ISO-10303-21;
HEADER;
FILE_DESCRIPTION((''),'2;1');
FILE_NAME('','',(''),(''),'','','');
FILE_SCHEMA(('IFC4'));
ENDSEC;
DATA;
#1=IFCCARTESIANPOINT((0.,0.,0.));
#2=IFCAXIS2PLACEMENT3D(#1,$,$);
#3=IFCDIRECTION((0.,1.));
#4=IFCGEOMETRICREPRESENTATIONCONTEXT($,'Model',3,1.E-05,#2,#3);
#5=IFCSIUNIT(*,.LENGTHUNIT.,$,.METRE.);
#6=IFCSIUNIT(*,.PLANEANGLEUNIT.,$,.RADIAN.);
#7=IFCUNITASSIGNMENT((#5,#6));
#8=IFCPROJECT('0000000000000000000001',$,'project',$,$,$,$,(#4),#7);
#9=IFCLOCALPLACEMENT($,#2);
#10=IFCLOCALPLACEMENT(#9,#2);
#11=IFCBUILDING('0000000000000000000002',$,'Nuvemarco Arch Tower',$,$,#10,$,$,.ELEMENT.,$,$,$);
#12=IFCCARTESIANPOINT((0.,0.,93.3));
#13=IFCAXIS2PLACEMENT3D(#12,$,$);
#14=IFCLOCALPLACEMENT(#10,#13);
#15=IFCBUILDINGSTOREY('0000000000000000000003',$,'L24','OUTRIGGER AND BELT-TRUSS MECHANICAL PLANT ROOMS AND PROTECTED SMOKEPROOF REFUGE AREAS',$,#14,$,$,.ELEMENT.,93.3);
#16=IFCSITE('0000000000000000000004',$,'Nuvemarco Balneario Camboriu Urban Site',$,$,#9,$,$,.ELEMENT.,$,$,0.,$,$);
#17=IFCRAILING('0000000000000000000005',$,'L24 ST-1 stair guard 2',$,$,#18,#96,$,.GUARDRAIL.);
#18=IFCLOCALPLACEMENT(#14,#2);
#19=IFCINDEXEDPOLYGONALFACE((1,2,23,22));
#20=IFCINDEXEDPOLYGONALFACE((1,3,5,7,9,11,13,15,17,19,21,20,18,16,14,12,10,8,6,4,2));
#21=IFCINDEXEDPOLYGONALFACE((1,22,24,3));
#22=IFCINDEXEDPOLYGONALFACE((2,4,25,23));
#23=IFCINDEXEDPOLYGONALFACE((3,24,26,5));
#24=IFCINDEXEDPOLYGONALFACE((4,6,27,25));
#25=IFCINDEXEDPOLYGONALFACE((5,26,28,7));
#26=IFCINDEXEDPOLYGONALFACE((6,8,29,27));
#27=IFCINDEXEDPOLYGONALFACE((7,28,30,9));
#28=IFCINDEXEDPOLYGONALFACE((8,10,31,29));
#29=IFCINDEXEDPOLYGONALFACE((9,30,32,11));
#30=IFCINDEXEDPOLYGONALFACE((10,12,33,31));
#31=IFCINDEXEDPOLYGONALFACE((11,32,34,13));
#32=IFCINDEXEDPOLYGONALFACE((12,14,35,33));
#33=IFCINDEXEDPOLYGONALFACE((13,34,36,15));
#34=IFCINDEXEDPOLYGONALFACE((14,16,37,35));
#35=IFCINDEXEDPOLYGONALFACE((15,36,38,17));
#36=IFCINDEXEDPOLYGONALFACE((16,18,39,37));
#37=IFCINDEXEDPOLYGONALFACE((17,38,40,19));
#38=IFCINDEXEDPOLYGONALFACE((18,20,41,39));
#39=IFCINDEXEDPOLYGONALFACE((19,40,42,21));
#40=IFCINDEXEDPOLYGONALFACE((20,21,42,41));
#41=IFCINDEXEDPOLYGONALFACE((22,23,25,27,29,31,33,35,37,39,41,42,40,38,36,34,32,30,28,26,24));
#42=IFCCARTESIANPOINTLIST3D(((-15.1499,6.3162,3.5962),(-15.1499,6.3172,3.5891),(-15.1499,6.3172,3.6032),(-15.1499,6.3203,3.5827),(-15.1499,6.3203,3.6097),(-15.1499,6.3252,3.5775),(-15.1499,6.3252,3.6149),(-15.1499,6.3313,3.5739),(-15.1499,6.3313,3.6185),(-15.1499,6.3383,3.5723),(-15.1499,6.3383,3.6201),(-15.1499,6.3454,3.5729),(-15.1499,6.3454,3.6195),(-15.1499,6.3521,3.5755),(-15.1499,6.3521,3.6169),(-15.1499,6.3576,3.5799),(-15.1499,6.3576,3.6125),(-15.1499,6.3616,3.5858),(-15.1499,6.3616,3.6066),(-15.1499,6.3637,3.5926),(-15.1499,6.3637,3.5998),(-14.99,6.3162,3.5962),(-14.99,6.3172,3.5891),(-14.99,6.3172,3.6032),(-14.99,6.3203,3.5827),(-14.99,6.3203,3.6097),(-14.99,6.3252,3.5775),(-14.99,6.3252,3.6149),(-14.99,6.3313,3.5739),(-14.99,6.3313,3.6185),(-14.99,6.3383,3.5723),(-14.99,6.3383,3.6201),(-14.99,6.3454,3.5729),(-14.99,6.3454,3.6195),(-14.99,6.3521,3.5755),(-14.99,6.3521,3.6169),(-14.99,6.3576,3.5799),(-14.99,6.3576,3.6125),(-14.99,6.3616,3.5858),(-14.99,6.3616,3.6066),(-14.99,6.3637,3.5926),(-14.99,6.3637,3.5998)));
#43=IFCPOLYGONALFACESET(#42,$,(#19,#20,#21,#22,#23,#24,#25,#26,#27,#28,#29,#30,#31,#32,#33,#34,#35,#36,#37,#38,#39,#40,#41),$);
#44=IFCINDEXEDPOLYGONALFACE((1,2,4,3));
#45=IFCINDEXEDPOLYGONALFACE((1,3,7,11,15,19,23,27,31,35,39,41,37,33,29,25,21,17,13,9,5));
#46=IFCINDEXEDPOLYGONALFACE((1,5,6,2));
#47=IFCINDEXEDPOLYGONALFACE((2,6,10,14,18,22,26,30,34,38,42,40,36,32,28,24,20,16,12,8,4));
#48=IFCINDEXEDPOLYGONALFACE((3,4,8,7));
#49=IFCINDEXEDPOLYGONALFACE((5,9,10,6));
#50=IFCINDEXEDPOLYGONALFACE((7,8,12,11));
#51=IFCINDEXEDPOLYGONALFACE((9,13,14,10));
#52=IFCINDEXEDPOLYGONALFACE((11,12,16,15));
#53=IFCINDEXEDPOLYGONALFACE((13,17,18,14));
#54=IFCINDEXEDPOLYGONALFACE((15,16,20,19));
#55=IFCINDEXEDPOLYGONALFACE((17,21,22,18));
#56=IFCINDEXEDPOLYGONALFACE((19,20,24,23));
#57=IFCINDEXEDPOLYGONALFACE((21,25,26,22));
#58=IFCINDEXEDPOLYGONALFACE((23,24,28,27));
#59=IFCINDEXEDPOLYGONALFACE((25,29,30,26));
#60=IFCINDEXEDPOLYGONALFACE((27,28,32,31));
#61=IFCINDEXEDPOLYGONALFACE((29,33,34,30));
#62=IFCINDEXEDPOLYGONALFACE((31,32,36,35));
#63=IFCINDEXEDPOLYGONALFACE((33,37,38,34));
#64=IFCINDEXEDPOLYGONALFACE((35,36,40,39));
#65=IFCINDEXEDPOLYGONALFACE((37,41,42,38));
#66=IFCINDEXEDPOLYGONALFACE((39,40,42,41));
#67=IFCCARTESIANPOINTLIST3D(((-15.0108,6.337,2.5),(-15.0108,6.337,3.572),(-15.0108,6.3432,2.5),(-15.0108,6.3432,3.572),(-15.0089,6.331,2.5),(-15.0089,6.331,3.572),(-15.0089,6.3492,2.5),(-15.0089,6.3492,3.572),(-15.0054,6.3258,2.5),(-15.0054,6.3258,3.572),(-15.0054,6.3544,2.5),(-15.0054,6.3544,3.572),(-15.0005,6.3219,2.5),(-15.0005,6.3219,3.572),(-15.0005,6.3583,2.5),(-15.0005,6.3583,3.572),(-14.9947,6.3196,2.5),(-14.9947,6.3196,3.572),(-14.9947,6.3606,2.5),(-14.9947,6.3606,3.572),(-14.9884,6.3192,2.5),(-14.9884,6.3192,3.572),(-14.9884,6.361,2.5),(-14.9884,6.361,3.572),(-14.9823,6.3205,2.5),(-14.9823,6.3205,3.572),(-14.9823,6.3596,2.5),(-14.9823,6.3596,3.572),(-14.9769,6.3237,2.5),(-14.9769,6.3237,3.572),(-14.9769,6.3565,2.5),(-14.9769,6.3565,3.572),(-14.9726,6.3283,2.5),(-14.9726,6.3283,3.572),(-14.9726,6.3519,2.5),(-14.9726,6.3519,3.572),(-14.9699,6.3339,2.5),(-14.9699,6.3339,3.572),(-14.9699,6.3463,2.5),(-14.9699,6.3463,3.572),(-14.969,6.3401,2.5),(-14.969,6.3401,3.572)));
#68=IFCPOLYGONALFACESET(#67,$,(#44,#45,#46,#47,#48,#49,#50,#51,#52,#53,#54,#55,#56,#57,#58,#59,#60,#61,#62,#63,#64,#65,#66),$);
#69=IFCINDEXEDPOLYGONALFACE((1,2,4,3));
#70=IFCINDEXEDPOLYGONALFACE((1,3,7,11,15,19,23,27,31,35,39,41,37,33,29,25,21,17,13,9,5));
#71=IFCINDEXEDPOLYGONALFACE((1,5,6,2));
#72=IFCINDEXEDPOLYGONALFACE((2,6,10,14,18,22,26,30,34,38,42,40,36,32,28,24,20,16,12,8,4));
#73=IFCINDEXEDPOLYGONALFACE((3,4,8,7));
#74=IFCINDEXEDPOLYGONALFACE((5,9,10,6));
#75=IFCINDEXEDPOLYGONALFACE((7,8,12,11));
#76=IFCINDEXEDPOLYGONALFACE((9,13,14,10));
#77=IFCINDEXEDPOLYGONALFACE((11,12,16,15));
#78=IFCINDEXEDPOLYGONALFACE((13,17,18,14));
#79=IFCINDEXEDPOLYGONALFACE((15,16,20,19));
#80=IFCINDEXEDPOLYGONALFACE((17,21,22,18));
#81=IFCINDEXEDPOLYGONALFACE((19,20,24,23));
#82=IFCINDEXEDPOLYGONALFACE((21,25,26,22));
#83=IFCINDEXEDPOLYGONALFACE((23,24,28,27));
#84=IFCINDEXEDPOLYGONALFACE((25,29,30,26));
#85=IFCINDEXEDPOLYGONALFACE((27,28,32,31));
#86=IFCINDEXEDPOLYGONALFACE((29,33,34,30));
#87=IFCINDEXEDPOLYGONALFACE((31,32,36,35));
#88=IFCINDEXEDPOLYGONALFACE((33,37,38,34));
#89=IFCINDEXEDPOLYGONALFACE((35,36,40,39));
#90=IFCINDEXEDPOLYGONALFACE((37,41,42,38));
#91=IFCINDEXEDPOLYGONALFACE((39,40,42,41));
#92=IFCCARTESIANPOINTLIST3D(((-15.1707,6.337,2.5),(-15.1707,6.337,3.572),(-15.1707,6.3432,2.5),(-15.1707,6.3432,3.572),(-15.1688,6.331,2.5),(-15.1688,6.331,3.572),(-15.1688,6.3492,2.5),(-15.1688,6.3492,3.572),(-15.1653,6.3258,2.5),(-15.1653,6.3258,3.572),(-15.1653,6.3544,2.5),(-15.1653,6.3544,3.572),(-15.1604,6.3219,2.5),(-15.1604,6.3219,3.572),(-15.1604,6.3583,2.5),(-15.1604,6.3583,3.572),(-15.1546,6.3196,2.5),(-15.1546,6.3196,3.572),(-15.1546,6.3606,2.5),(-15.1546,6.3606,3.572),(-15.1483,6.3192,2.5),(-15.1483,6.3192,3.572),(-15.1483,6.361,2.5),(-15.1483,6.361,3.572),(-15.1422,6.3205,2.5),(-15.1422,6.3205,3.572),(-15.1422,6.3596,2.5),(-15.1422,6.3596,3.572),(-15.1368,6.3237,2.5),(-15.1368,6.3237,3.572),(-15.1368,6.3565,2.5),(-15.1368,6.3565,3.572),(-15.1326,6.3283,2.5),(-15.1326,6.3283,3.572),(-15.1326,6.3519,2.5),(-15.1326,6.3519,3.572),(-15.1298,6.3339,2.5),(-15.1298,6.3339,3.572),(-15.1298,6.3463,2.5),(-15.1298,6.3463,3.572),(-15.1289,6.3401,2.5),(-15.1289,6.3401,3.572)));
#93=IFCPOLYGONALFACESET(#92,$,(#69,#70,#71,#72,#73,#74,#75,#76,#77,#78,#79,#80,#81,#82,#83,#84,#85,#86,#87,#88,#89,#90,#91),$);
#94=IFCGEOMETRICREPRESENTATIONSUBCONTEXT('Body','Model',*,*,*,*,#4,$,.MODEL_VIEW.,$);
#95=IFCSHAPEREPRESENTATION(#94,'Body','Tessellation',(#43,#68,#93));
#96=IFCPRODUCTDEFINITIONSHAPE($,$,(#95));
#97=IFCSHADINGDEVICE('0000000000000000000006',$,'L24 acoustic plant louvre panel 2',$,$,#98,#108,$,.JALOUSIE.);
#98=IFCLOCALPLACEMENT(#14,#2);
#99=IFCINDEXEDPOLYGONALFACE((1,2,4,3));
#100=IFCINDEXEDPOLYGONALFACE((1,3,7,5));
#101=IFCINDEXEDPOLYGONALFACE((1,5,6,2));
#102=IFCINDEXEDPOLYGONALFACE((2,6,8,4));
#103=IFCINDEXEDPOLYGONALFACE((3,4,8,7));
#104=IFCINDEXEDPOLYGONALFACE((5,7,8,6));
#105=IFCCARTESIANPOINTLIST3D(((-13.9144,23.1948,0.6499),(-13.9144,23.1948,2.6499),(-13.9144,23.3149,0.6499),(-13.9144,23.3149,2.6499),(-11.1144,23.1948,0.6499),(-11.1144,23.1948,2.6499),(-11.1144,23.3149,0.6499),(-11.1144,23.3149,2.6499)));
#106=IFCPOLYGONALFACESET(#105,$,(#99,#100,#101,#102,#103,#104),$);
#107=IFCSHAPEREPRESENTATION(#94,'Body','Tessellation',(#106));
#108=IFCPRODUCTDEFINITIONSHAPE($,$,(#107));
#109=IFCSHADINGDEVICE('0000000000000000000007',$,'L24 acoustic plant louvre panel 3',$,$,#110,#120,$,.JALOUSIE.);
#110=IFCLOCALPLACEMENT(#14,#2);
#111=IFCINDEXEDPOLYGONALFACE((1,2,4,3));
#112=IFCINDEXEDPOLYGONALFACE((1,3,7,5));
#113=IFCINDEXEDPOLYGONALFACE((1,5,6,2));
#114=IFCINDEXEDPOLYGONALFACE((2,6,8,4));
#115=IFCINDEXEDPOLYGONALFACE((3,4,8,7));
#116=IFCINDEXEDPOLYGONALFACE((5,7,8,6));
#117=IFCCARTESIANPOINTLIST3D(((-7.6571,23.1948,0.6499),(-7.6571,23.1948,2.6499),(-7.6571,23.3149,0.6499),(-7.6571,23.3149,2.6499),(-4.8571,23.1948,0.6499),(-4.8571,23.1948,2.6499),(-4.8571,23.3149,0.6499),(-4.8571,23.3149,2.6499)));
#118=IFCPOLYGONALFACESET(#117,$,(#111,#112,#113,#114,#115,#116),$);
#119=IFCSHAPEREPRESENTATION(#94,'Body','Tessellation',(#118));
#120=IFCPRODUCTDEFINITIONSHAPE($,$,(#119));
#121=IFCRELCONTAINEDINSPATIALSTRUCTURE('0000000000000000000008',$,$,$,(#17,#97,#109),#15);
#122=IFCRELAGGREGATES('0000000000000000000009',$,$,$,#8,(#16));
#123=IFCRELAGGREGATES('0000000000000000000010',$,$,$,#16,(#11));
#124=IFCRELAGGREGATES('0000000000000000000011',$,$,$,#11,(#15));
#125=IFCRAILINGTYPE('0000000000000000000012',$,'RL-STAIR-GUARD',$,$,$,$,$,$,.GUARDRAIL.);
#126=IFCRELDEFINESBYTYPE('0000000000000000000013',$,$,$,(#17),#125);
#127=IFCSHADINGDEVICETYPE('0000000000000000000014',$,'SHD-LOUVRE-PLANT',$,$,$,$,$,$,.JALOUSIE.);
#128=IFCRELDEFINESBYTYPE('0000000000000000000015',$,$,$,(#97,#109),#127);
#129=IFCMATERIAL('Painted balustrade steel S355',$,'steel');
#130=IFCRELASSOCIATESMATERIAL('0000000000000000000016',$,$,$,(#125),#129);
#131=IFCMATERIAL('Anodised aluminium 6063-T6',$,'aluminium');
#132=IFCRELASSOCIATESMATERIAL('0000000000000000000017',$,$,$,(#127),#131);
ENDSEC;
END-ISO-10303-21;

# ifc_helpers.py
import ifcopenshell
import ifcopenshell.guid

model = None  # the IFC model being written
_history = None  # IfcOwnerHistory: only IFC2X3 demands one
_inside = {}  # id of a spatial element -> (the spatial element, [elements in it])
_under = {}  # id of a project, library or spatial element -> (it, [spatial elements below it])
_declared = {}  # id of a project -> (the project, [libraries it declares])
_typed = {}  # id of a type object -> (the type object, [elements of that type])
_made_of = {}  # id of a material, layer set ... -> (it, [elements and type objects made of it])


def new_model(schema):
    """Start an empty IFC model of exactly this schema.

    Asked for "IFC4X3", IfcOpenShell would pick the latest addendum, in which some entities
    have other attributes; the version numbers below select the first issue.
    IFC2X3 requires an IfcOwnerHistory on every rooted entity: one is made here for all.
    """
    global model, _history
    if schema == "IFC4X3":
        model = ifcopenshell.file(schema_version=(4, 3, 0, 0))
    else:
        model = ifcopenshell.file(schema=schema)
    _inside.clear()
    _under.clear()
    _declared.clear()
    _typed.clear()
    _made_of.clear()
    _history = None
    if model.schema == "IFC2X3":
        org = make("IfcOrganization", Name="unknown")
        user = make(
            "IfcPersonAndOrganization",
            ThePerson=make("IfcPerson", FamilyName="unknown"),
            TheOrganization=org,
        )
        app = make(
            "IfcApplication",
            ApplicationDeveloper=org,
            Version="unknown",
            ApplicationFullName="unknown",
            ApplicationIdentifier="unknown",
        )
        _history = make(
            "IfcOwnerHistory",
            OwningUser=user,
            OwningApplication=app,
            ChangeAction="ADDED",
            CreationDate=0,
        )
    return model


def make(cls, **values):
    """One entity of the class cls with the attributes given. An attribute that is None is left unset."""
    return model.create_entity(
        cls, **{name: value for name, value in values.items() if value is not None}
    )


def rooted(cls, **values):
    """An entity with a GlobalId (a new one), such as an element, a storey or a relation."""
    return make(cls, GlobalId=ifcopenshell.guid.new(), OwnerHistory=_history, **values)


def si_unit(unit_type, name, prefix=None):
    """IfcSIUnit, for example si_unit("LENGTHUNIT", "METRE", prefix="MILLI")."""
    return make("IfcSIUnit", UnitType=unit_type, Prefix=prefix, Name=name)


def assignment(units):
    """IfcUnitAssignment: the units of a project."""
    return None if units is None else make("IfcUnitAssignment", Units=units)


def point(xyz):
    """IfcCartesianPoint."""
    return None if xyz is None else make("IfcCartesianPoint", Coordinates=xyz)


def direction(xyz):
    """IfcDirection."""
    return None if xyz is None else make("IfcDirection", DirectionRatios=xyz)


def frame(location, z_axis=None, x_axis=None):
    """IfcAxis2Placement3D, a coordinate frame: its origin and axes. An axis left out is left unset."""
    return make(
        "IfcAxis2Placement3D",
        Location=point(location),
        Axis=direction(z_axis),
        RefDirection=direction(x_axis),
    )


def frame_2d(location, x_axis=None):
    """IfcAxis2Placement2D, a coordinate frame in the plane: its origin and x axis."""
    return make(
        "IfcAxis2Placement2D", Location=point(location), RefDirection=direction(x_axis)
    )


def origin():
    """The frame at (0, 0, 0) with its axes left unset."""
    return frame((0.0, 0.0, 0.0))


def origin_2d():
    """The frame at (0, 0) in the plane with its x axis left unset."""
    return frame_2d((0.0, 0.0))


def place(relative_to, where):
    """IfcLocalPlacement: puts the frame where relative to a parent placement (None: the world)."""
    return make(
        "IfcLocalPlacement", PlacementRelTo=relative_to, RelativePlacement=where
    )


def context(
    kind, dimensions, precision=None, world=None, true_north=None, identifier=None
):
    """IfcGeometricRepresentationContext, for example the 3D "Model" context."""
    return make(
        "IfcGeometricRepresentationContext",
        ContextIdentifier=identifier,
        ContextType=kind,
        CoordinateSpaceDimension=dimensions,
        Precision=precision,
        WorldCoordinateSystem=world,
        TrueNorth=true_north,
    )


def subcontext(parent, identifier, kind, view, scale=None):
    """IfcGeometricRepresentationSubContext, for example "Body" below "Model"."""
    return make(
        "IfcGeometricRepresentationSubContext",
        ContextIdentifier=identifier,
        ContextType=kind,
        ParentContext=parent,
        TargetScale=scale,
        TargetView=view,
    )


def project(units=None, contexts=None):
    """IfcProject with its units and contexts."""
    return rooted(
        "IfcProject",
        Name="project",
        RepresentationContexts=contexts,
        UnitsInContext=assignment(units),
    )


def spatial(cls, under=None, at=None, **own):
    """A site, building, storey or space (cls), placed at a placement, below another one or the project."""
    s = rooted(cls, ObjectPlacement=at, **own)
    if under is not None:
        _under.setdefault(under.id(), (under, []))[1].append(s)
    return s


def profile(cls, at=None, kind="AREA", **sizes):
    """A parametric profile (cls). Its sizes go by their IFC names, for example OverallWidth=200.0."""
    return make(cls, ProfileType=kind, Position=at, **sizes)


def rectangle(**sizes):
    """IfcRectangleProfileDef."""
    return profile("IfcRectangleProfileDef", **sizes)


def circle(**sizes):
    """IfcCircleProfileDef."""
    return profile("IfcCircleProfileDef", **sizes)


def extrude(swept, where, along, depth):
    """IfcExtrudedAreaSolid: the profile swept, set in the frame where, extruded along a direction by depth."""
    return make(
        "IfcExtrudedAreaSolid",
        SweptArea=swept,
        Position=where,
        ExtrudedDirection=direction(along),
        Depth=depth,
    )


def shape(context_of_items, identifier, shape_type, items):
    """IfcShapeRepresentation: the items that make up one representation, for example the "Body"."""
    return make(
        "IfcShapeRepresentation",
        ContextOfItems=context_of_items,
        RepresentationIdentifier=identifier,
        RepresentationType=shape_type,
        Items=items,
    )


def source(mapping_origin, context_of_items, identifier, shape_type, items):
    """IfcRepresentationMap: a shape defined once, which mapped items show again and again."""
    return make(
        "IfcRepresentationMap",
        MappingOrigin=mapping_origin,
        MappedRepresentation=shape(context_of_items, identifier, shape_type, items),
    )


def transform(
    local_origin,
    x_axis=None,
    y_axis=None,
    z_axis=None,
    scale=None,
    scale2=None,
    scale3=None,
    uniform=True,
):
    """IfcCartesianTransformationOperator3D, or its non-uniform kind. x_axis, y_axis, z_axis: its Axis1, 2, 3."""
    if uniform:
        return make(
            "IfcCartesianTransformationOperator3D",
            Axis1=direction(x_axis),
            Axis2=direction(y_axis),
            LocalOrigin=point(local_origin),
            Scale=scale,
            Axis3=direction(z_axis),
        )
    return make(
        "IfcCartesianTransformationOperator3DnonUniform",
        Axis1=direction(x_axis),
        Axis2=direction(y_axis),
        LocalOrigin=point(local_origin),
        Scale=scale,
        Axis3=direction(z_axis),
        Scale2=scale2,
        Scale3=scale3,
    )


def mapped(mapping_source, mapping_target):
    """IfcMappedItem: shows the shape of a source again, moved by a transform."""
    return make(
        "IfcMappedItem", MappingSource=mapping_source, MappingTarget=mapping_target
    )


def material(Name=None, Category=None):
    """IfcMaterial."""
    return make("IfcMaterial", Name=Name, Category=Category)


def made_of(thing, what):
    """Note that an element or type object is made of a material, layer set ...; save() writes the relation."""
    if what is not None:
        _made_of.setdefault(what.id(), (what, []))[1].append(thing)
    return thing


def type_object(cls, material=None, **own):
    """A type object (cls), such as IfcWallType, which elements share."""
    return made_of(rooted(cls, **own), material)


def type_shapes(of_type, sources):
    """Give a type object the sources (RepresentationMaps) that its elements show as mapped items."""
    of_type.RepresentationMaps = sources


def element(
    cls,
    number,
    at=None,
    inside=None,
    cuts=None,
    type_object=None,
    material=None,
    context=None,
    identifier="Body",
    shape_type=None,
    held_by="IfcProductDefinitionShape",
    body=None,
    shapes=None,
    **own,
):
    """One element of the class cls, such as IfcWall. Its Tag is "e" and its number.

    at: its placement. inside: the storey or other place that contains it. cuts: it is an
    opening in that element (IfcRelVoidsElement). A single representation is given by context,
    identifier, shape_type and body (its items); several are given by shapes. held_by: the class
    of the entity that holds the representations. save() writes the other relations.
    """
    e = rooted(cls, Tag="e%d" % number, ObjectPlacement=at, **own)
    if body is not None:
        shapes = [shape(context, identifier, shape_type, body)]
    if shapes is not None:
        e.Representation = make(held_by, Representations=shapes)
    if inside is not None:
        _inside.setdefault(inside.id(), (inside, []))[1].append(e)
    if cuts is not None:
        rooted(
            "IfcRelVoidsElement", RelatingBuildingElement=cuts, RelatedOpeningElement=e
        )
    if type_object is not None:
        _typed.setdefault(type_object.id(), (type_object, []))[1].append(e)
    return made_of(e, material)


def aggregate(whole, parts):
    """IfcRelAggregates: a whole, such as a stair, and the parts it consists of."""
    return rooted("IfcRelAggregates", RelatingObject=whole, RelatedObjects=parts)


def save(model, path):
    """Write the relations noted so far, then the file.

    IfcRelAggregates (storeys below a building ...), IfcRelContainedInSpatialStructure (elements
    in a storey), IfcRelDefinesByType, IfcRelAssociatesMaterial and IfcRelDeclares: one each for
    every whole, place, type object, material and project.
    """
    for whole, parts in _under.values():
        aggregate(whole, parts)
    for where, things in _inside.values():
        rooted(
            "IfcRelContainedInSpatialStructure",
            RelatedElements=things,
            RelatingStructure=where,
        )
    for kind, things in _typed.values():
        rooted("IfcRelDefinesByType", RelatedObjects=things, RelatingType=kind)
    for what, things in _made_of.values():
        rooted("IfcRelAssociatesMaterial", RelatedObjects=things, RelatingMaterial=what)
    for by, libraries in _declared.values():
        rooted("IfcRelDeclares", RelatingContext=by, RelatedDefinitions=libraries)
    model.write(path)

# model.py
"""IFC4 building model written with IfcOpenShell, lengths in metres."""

from ifc_helpers import new_model, si_unit, direction, frame, origin, origin_2d, place, context, subcontext, project, spatial, rectangle, circle, extrude, source, transform, mapped, material, type_object, type_shapes, element, save


model = new_model("IFC4")

# Units and contexts
model_context = context("Model", 3, precision=1e-05, world=origin(), true_north=direction((0.0, 1.0)))
body_context = subcontext(model_context, "Body", "Model", "MODEL_VIEW")
ifc_project = project(units=[si_unit("LENGTHUNIT", "METRE"), si_unit("PLANEANGLEUNIT", "RADIAN")], contexts=[model_context])

# Site, building, storey
site_placement = place(None, origin())
site = spatial("IfcSite", under=ifc_project, at=site_placement, Name="Nuvemarco Balneario Camboriu Urban Site", CompositionType="ELEMENT", RefElevation=0.0)
building_placement = place(site_placement, origin())
building = spatial("IfcBuilding", under=site, at=building_placement, Name="Nuvemarco Arch Tower", CompositionType="ELEMENT")
storey_placement = place(building_placement, frame((0.0, 0.0, 93.3)))
storey = spatial("IfcBuildingStorey", under=building, at=storey_placement, Name="L24", Description="OUTRIGGER AND BELT-TRUSS MECHANICAL PLANT ROOMS AND PROTECTED SMOKEPROOF REFUGE AREAS", CompositionType="ELEMENT", Elevation=93.3)

# Railing
ifc_material_1 = material(Name="Painted balustrade steel S355", Category="steel")
railing_type = type_object("IfcRailingType", Name="RL-STAIR-GUARD", PredefinedType="GUARDRAIL", material=ifc_material_1)
railing_placement = place(storey_placement, frame((-14.99, 6.3401, 2.5)))
element("IfcRailing", 1, at=railing_placement, inside=storey, type_object=railing_type, Name="L24 ST-1 stair guard 2", PredefinedType="GUARDRAIL", context=body_context, shape_type="SweptSolid", body=[
    extrude(circle(Radius=0.0239, at=origin_2d()), frame((0.0, 0.0, 1.0962), z_axis=(-1.0, 0.0, 0.0), x_axis=(0.0, -1.0, 0.0)), (0.0, 0.0, 1.0), 0.1599),
    extrude(circle(Radius=0.021, at=origin_2d()), origin(), (0.0, 0.0, 1.0), 1.072),
    extrude(circle(Radius=0.021, at=origin_2d()), frame((-0.1599, 0.0, 0.0)), (0.0, 0.0, 1.0), 1.072),
])

# Shading devices
ifc_material_2 = material(Name="Anodised aluminium 6063-T6", Category="aluminium")
shading_device_type = type_object("IfcShadingDeviceType", Name="SHD-LOUVRE-PLANT", PredefinedType="JALOUSIE", material=ifc_material_2)
shared_shape_1 = source(origin(), body_context, "Body", "SweptSolid", [
    extrude(rectangle(XDim=2.8, YDim=0.1201, at=origin_2d()), origin(), (0.0, 0.0, 1.0), 2.0),
])
type_shapes(shading_device_type, [shared_shape_1])
for number, where, z_axis, x_axis, name in (
    (2, (-12.5144, 23.2549, 0.6499), (0.0, 0.0, 1.0), (1.0, 0.0, 0.0), "L24 acoustic plant louvre panel 2"),
    (3, (-6.2571, 23.2549, 0.6499), (0.0, 0.0, 1.0), (1.0, 0.0, 0.0), "L24 acoustic plant louvre panel 3"),
):
    element("IfcShadingDevice", number, at=place(storey_placement, frame(where, z_axis=z_axis, x_axis=x_axis)), inside=storey, type_object=shading_device_type, Name=name, PredefinedType="JALOUSIE", context=body_context, shape_type="MappedRepresentation", body=[
        mapped(shared_shape_1, transform((0.0, 0.0, 0.0), scale=1.0)),
    ])

save(model, "model.ifc")
